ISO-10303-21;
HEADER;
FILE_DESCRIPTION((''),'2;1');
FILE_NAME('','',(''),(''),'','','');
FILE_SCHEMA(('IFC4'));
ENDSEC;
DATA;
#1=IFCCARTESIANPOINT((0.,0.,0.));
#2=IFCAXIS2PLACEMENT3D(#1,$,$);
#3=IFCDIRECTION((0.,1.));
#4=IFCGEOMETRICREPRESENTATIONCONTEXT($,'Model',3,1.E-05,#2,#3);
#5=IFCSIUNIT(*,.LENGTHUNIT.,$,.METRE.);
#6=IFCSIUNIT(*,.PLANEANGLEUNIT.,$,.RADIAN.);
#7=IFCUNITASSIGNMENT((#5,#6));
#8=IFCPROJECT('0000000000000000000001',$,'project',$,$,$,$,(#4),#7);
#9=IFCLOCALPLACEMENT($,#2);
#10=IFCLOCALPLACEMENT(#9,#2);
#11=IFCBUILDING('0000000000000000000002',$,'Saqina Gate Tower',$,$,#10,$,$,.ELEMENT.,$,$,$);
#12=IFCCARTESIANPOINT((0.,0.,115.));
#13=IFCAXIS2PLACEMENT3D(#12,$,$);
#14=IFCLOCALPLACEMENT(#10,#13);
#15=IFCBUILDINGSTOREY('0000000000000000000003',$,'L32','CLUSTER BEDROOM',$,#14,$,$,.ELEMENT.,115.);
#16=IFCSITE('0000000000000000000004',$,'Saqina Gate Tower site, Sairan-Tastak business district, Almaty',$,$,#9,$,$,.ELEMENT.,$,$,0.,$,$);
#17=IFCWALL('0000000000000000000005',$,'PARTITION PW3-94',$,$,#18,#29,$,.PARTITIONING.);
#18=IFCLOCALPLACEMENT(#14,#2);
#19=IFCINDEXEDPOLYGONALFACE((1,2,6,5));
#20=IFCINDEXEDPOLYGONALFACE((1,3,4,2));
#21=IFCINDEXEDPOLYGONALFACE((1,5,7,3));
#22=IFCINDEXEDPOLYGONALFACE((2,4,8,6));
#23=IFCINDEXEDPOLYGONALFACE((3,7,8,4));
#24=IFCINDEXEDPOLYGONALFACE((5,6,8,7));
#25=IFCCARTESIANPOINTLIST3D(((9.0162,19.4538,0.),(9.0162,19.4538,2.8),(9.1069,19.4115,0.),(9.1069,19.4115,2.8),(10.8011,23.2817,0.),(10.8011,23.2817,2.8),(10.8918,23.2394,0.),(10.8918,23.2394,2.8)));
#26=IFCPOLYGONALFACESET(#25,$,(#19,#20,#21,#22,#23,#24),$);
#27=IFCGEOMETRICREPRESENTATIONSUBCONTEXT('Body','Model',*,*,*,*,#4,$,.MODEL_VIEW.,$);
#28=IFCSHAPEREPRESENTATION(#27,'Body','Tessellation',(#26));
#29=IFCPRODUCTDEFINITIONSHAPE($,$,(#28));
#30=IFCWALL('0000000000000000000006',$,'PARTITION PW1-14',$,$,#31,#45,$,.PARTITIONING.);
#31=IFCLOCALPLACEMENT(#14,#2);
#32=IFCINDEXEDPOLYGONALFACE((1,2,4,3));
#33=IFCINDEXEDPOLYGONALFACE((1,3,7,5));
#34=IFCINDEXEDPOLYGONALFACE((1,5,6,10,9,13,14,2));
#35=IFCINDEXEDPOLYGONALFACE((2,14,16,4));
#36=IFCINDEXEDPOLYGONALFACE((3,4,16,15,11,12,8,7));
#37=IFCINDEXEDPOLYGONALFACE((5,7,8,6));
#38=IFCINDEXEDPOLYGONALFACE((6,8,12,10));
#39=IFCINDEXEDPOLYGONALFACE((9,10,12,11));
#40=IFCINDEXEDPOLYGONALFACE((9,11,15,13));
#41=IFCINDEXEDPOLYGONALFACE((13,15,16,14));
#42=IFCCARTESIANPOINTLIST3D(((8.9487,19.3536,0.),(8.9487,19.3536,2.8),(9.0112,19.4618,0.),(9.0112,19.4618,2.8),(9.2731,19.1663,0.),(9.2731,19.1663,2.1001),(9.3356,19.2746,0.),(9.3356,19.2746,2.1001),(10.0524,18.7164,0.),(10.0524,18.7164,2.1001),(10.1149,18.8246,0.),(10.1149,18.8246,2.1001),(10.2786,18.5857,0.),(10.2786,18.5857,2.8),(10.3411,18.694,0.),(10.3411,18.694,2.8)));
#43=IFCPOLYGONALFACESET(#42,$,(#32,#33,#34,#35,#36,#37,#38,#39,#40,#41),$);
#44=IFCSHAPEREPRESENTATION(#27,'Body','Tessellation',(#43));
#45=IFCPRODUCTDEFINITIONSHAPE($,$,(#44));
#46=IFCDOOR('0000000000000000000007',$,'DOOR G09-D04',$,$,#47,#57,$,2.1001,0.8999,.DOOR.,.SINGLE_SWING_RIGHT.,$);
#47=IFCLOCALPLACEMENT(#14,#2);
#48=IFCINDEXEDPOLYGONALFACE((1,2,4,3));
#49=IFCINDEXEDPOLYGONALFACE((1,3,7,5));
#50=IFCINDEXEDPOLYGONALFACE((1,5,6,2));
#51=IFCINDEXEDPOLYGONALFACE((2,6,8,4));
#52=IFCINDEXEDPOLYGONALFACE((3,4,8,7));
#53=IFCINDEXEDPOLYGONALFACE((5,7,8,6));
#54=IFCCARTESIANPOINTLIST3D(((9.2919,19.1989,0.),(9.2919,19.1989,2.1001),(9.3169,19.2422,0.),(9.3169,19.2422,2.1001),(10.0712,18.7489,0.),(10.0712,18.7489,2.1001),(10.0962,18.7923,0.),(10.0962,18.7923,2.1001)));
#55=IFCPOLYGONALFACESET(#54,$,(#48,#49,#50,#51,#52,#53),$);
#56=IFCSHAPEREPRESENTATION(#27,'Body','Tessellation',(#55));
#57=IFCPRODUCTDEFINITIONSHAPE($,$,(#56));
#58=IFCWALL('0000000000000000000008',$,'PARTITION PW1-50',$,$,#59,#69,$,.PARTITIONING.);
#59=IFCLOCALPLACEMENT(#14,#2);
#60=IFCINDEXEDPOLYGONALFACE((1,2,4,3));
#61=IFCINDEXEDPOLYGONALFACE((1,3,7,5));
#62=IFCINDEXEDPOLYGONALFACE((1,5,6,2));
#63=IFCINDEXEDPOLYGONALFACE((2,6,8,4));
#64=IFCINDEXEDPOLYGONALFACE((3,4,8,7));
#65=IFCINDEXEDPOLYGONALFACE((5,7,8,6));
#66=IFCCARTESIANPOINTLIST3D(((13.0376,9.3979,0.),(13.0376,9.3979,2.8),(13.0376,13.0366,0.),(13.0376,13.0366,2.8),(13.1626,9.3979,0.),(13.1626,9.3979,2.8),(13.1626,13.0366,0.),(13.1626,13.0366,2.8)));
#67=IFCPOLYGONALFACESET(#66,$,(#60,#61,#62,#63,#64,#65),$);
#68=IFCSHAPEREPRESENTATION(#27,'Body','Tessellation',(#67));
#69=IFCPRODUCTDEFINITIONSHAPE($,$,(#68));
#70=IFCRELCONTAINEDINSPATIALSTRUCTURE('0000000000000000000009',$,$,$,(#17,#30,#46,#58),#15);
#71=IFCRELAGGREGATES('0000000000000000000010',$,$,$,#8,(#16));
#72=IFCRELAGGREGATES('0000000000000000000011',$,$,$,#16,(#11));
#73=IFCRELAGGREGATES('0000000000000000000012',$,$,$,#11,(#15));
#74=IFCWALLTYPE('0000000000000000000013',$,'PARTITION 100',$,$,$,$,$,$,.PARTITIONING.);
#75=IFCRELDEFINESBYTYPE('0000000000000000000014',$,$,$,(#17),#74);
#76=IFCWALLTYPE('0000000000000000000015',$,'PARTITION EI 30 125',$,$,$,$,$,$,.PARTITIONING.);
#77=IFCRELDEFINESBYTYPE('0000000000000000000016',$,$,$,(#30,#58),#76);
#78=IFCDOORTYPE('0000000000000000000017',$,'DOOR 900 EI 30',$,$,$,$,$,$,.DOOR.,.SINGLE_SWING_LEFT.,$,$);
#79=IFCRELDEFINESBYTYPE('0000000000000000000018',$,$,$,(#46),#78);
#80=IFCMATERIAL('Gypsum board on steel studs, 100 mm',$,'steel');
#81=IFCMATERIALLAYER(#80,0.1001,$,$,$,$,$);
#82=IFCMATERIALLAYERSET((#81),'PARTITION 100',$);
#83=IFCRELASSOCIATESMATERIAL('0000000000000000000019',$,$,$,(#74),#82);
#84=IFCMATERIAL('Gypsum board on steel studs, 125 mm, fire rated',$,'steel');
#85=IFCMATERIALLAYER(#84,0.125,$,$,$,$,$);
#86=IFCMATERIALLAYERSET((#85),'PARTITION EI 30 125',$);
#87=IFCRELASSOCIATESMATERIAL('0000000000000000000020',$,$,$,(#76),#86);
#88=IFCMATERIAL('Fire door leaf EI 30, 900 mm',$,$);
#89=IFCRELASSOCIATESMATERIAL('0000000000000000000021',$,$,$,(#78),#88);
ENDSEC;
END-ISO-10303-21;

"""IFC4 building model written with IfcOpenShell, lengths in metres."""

from ifc_helpers import new_model, si_unit, direction, frame, frame_2d, origin, place, context, subcontext, project, spatial, rectangle, extrude, material, layer, layer_set, type_object, element, fill, save


model = new_model("IFC4")

# Units and contexts
model_context = context("Model", 3, precision=1e-05, world=origin(), true_north=direction((0.0, 1.0)))
body_context = subcontext(model_context, "Body", "Model", "MODEL_VIEW")
ifc_project = project(units=[si_unit("LENGTHUNIT", "METRE"), si_unit("PLANEANGLEUNIT", "RADIAN")], contexts=[model_context])

# Site, building, storey
site_placement = place(None, origin())
site = spatial("IfcSite", under=ifc_project, at=site_placement, Name="Saqina Gate Tower site, Sairan-Tastak business district, Almaty", CompositionType="ELEMENT", RefElevation=0.0)
building_placement = place(site_placement, origin())
building = spatial("IfcBuilding", under=site, at=building_placement, Name="Saqina Gate Tower", CompositionType="ELEMENT")
storey_placement = place(building_placement, frame((0.0, 0.0, 115.0)))
storey = spatial("IfcBuildingStorey", under=building, at=storey_placement, Name="L32", Description="CLUSTER BEDROOM", CompositionType="ELEMENT", Elevation=115.0)

# Shared definitions
ifc_material_1 = material(Name="Gypsum board on steel studs, 100 mm", Category="steel")
ifc_layer_1 = layer(ifc_material_1, 0.1001)
ifc_layer_set_1 = layer_set([ifc_layer_1], Name="PARTITION 100")
wall_type_1 = type_object("IfcWallType", Name="PARTITION 100", PredefinedType="PARTITIONING", material=ifc_layer_set_1)

# Wall
wall_1_placement = place(storey_placement, frame((9.0615, 19.4326, 0.0), z_axis=(0.0, 0.0, 1.0), x_axis=(0.422607, 0.906313, 0.0)))
element("IfcWall", 1, at=wall_1_placement, inside=storey, type_object=wall_type_1, Name="PARTITION PW3-94", PredefinedType="PARTITIONING", context=body_context, shape_type="SweptSolid", body=[
    extrude(rectangle(XDim=4.2236, YDim=0.1001, at=frame_2d((2.1118, 0.0))), origin(), (0.0, 0.0, 1.0), 2.8),
])

# Wall, opening, door
ifc_material_2 = material(Name="Gypsum board on steel studs, 125 mm, fire rated", Category="steel")
ifc_layer_2 = layer(ifc_material_2, 0.125)
ifc_layer_set_2 = layer_set([ifc_layer_2], Name="PARTITION EI 30 125")
wall_type_2 = type_object("IfcWallType", Name="PARTITION EI 30 125", PredefinedType="PARTITIONING", material=ifc_layer_set_2)
wall_2_placement = place(storey_placement, frame((8.98, 19.4077, 0.0), z_axis=(0.0, 0.0, 1.0), x_axis=(0.866013, -0.500021, 0.0)))
wall_2 = element("IfcWall", 2, at=wall_2_placement, inside=storey, type_object=wall_type_2, Name="PARTITION PW1-14", PredefinedType="PARTITIONING", context=body_context, shape_type="SweptSolid", body=[
    extrude(rectangle(XDim=1.5356, YDim=0.125, at=frame_2d((0.7678, 0.0))), origin(), (0.0, 0.0, 1.0), 2.8),
])
opening_1_placement = place(wall_2_placement, frame((0.3745, 0.0, 0.0)))
opening_1 = element("IfcOpeningElement", 3, at=opening_1_placement, cuts=wall_2, PredefinedType="OPENING", context=body_context, shape_type="SweptSolid", body=[
    extrude(rectangle(XDim=0.8999, YDim=2.1001, at=frame_2d((0.45, 1.05))), frame((0.0, 0.0745, 0.0), z_axis=(0.0, -1.0, 0.0), x_axis=(1.0, 0.0, 0.0)), (0.0, 0.0, 1.0), 0.1489),
])
ifc_material_3 = material(Name="Fire door leaf EI 30, 900 mm")
door_type_1 = type_object("IfcDoorType", Name="DOOR 900 EI 30", OperationType="SINGLE_SWING_LEFT", PredefinedType="DOOR", material=ifc_material_3)
door_1_placement = place(opening_1_placement, frame((0.8999, 0.0, 0.0), z_axis=(0.0, 0.0, 1.0), x_axis=(-1.0, 0.0, 0.0)))
door_1 = element("IfcDoor", 4, at=door_1_placement, inside=storey, type_object=door_type_1, Name="DOOR G09-D04", OperationType="SINGLE_SWING_RIGHT", OverallHeight=2.1001, OverallWidth=0.8999, PredefinedType="DOOR", context=body_context, shape_type="SweptSolid", body=[
    extrude(rectangle(XDim=0.8999, YDim=2.1001, at=frame_2d((0.45, 1.05))), frame((0.0, 0.0249, 0.0), z_axis=(0.0, -1.0, 0.0), x_axis=(1.0, 0.0, 0.0)), (0.0, 0.0, 1.0), 0.05),
])
fill(opening_1, door_1)

# Wall
wall_3_placement = place(storey_placement, frame((13.1001, 9.3979, 0.0), z_axis=(0.0, 0.0, 1.0), x_axis=(0.0, 1.0, 0.0)))
element("IfcWall", 5, at=wall_3_placement, inside=storey, type_object=wall_type_2, Name="PARTITION PW1-50", PredefinedType="PARTITIONING", context=body_context, shape_type="SweptSolid", body=[
    extrude(rectangle(XDim=3.6387, YDim=0.125, at=frame_2d((1.8193, 0.0))), origin(), (0.0, 0.0, 1.0), 2.8),
])

save(model, "model.ifc")
